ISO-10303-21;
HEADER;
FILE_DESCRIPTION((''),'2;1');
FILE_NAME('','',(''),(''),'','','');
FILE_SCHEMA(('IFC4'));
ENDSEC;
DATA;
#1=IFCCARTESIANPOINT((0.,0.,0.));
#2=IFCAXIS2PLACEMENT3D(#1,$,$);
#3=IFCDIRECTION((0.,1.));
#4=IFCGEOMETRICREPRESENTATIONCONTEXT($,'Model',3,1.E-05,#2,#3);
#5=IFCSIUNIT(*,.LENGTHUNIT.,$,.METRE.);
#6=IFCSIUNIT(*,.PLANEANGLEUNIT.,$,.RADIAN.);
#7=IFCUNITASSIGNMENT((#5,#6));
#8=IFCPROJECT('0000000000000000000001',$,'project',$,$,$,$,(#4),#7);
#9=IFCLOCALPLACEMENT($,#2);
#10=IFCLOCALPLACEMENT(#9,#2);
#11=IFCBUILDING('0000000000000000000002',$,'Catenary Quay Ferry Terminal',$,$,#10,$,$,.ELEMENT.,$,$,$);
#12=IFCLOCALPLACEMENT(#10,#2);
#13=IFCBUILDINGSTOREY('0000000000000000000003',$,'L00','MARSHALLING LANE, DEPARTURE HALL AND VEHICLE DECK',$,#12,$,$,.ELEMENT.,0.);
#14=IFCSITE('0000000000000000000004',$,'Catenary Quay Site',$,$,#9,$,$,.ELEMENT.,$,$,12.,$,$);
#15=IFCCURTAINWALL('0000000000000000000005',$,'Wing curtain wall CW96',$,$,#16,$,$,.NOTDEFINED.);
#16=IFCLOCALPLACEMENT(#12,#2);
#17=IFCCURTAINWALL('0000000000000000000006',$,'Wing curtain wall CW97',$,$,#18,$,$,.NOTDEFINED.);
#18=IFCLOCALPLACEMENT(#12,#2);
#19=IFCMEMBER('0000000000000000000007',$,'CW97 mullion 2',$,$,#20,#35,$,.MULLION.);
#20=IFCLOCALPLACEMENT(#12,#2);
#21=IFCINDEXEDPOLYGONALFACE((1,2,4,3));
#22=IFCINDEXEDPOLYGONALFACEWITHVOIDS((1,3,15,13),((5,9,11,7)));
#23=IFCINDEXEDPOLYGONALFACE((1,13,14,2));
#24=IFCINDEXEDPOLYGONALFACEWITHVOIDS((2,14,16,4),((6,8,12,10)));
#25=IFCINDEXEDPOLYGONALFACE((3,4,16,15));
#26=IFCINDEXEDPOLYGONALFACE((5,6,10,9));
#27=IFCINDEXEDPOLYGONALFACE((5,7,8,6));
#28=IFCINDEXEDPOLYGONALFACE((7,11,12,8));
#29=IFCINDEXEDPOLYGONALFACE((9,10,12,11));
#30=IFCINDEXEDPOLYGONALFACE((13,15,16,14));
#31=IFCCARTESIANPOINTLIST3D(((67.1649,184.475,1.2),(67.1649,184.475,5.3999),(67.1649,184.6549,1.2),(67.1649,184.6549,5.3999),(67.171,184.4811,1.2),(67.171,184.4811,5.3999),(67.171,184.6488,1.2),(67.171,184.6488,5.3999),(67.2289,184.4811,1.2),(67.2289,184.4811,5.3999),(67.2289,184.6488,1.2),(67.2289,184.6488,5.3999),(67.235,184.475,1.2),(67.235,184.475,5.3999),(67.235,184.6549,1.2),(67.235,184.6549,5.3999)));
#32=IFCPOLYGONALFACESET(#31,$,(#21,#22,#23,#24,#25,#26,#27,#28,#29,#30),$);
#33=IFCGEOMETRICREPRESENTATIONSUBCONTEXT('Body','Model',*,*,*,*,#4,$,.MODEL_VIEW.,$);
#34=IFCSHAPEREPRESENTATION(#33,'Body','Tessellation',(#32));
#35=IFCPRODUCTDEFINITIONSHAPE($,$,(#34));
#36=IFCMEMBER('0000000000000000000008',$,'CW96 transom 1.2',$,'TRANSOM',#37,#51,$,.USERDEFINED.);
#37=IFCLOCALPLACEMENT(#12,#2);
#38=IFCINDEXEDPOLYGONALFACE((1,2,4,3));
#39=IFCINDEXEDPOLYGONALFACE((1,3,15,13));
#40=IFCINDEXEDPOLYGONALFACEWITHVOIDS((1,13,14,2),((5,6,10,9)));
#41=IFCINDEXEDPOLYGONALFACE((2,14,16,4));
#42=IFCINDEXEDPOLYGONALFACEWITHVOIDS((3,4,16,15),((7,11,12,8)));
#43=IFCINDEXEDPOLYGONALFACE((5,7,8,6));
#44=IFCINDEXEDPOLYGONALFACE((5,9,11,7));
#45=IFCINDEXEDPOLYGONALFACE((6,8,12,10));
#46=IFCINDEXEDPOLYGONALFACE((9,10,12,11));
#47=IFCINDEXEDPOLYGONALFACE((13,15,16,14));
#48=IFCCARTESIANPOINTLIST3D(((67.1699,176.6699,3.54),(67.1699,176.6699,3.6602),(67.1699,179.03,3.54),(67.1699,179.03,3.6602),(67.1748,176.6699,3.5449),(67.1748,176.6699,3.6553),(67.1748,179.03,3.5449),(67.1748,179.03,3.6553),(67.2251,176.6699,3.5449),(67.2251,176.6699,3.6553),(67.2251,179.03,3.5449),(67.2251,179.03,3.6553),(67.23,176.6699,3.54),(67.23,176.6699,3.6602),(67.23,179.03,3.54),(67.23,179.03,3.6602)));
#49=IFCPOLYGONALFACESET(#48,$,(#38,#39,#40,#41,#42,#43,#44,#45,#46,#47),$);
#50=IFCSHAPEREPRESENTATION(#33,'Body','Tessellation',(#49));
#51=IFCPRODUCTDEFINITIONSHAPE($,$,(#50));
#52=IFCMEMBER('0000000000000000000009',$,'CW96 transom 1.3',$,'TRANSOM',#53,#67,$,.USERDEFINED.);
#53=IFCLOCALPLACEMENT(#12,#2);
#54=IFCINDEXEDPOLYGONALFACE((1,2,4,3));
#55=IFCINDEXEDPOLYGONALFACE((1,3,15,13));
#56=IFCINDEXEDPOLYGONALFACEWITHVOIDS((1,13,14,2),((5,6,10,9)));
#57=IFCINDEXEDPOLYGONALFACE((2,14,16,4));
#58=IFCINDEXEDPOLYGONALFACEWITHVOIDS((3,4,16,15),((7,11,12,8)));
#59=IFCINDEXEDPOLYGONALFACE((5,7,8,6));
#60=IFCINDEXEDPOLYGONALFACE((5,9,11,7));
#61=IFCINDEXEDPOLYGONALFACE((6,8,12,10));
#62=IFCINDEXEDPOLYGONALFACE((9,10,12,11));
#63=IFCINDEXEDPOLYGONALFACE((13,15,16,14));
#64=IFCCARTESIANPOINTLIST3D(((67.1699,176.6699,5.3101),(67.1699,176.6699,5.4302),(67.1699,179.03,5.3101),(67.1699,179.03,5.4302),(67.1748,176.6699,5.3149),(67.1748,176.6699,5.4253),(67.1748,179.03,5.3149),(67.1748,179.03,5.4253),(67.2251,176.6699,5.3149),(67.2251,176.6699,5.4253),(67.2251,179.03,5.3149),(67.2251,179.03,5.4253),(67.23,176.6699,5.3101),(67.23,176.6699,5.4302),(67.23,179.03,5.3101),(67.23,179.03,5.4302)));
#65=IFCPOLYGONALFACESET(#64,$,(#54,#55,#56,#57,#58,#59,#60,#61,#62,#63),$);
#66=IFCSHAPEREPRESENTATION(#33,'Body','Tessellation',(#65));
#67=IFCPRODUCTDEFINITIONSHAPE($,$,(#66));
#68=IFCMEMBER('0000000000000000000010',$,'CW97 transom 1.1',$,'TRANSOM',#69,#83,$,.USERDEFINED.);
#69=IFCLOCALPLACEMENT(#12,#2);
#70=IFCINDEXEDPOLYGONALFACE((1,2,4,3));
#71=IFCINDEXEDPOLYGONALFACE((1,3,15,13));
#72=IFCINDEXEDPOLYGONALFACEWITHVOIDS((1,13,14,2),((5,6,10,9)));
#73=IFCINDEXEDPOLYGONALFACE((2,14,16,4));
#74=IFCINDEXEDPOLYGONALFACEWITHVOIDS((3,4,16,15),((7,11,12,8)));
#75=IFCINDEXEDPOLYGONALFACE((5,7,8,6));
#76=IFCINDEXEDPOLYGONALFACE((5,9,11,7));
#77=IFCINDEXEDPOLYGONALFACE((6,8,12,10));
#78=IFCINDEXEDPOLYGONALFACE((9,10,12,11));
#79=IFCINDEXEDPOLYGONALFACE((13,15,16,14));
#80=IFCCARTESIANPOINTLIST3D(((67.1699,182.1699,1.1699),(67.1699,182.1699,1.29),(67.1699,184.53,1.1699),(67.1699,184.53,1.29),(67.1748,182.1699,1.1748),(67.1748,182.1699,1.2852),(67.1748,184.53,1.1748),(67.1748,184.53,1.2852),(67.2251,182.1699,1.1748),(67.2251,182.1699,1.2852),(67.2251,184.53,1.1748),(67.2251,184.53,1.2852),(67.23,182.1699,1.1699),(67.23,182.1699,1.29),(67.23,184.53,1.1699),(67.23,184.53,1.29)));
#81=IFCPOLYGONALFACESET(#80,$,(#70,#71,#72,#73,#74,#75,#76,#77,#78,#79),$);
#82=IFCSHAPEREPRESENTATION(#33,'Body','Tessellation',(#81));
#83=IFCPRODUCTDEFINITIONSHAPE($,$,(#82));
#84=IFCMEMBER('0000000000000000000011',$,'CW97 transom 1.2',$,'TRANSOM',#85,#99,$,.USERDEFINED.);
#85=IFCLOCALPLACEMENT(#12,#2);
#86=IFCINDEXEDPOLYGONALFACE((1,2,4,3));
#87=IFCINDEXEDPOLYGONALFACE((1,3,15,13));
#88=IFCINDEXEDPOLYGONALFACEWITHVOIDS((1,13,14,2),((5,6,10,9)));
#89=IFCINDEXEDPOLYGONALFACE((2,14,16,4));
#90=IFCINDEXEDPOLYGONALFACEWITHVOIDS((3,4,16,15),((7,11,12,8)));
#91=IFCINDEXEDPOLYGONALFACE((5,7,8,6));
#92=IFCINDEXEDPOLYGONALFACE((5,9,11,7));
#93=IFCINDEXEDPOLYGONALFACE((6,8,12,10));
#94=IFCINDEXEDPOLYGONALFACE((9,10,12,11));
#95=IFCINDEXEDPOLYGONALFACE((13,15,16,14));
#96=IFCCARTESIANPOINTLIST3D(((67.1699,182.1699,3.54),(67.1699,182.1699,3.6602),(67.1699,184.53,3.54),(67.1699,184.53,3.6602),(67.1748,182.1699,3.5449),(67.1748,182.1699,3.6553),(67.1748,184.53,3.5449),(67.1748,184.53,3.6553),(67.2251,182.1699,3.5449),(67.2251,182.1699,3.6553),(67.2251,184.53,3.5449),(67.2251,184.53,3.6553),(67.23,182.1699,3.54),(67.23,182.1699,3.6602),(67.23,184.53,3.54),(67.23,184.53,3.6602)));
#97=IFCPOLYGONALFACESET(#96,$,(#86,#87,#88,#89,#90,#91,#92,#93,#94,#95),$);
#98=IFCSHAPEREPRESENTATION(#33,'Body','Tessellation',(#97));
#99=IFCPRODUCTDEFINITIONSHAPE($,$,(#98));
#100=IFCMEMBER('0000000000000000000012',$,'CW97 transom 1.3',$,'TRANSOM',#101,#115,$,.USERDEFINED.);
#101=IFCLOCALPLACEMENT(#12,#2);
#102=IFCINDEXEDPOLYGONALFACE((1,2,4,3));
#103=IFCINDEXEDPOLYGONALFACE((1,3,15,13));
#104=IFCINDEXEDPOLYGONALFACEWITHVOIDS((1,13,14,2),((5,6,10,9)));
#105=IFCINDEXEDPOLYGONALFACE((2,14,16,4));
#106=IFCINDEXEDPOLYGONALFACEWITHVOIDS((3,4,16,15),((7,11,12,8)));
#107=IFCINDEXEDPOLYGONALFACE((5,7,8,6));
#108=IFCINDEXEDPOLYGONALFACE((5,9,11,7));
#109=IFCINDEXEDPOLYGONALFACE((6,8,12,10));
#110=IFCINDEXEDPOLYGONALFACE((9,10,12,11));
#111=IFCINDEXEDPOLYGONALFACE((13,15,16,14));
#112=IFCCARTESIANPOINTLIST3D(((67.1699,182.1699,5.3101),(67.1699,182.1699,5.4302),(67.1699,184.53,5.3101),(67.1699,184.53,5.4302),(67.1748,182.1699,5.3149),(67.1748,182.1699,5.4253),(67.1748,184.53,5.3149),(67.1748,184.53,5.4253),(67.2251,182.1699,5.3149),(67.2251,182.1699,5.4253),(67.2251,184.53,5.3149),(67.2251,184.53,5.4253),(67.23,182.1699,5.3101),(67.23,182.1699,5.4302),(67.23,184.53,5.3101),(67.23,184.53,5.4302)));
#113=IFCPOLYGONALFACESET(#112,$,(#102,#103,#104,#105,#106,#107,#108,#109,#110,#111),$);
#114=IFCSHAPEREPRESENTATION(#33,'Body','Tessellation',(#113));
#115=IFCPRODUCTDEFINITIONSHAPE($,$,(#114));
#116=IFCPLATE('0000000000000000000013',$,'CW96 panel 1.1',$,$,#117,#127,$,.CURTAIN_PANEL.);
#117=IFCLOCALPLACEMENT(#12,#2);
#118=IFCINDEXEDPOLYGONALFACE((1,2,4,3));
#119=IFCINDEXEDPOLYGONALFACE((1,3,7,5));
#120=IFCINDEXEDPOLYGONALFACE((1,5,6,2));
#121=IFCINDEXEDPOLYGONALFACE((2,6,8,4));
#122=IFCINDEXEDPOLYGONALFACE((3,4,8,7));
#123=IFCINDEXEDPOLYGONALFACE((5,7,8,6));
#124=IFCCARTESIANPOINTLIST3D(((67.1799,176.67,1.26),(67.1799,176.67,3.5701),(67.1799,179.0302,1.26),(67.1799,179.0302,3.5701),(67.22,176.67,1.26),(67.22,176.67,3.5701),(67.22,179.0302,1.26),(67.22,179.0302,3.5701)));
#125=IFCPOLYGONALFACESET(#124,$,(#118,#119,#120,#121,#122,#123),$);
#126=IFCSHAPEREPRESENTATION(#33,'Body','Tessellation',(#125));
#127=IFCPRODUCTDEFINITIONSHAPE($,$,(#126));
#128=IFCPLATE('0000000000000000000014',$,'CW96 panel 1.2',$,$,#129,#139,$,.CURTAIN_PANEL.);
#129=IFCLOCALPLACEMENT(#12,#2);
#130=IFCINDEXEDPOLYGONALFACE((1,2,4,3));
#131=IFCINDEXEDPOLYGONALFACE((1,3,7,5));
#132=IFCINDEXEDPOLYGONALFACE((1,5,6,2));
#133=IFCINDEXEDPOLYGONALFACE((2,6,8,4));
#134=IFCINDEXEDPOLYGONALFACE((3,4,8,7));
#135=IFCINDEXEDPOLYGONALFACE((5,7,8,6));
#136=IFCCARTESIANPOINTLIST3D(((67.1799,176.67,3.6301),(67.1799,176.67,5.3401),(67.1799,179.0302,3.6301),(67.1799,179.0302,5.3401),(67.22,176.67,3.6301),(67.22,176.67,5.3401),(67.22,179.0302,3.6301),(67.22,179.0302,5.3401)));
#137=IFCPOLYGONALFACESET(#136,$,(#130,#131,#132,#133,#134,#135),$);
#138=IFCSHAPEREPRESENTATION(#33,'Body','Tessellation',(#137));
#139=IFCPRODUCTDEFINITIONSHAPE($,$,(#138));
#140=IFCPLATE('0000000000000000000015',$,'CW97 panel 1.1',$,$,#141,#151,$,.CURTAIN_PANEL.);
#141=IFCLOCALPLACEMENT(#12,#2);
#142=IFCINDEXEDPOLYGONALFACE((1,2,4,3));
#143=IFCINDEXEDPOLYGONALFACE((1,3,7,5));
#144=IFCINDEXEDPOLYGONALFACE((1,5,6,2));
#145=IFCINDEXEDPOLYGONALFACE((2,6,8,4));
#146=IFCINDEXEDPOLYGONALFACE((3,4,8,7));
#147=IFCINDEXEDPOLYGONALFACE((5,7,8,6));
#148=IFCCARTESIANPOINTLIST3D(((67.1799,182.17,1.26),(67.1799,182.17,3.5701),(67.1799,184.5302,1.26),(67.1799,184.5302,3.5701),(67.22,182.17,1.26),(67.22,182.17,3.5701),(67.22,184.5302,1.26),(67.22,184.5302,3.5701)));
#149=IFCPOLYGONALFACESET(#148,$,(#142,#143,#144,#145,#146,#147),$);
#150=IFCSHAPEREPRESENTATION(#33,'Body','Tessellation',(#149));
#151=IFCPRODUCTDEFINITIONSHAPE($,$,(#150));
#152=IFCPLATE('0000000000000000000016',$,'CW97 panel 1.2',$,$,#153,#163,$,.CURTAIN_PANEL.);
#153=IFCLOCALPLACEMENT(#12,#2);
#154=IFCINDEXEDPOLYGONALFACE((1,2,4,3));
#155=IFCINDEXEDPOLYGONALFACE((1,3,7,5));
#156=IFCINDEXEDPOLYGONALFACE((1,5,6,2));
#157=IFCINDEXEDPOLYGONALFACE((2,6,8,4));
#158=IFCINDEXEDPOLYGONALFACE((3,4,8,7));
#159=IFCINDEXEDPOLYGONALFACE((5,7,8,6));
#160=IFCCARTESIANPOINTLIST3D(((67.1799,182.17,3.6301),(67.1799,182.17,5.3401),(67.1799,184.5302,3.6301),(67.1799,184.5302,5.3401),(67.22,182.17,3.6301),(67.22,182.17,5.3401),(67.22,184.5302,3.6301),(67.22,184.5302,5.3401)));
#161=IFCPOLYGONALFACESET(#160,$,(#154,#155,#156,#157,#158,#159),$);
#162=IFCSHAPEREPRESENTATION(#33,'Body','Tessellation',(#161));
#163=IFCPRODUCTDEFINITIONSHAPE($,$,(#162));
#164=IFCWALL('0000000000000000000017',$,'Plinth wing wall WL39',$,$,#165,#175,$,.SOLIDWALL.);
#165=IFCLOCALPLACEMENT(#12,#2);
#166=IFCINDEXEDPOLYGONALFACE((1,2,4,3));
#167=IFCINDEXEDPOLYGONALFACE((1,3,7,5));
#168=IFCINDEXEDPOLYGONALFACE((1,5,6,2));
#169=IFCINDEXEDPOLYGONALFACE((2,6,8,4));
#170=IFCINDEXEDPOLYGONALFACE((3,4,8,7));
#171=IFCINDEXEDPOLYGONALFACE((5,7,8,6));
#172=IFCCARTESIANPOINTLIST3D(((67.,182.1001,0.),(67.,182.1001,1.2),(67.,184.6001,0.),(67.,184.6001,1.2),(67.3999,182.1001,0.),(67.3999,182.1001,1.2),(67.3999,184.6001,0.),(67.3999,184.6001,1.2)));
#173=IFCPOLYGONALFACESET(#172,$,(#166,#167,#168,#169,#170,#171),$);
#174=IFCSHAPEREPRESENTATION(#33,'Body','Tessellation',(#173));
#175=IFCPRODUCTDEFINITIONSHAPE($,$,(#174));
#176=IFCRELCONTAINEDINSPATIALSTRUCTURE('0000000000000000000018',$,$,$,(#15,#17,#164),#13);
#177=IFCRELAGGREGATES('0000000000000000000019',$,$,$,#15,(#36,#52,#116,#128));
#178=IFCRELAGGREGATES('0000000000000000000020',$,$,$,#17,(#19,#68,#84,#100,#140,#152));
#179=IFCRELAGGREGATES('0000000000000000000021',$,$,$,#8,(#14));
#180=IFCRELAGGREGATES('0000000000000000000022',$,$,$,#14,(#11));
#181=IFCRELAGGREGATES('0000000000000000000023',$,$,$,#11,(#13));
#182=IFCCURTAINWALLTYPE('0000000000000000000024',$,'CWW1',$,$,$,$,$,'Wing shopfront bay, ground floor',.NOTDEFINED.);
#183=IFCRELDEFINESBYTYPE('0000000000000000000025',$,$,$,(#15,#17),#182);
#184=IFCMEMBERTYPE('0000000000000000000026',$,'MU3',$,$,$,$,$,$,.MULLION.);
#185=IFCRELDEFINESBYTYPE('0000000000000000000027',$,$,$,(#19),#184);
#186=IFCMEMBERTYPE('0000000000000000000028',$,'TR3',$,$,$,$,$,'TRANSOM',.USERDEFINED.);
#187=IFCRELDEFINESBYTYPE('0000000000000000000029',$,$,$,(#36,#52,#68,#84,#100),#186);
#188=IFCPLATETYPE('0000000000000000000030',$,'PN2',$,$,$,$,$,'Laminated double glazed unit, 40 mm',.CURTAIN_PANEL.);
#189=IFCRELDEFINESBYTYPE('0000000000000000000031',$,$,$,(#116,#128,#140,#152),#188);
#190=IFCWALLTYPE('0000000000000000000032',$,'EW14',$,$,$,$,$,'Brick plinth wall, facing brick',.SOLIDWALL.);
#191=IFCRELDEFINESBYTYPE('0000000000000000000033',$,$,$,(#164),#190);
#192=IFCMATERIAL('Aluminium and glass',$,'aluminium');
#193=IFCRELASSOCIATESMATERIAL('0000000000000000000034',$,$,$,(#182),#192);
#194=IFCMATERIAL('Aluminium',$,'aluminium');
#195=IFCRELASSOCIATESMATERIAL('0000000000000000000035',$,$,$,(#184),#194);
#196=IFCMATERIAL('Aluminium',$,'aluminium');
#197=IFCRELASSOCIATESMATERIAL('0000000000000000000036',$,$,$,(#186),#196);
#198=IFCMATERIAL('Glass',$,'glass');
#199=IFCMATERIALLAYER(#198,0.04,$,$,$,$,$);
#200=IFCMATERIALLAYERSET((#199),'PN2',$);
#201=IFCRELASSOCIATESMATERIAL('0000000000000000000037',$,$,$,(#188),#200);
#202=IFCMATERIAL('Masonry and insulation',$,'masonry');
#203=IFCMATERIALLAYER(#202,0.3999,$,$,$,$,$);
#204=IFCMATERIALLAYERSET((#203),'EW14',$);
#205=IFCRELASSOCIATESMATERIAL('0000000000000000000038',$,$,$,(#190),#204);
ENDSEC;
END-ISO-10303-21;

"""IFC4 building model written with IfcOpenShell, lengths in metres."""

from ifc_helpers import new_model, si_unit, direction, frame, frame_2d, origin, origin_2d, place, context, subcontext, project, spatial, rectangle, hollow_rectangle, extrude, material, layer, layer_set, material_profile, profile_set, type_object, element, aggregate, save


model = new_model("IFC4")

# Units and contexts
model_context = context("Model", 3, precision=1e-05, world=origin(), true_north=direction((0.0, 1.0)))
body_context = subcontext(model_context, "Body", "Model", "MODEL_VIEW")
ifc_project = project(units=[si_unit("LENGTHUNIT", "METRE"), si_unit("PLANEANGLEUNIT", "RADIAN")], contexts=[model_context])

# Site, building, storey
site_placement = place(None, origin())
site = spatial("IfcSite", under=ifc_project, at=site_placement, Name="Catenary Quay Site", CompositionType="ELEMENT", RefElevation=12.0)
building_placement = place(site_placement, origin())
building = spatial("IfcBuilding", under=site, at=building_placement, Name="Catenary Quay Ferry Terminal", CompositionType="ELEMENT")
storey_placement = place(building_placement, origin())
storey = spatial("IfcBuildingStorey", under=building, at=storey_placement, Name="L00", Description="MARSHALLING LANE, DEPARTURE HALL AND VEHICLE DECK", CompositionType="ELEMENT", Elevation=0.0)

# Curtain wall
ifc_material_1 = material(Name="Aluminium and glass", Category="aluminium")
curtain_wall_type = type_object("IfcCurtainWallType", Name="CWW1", ElementType="Wing shopfront bay, ground floor", PredefinedType="NOTDEFINED", material=ifc_material_1)
curtain_wall_1_placement = place(storey_placement, origin())
curtain_wall_1 = element("IfcCurtainWall", 1, at=curtain_wall_1_placement, inside=storey, type_object=curtain_wall_type, Name="Wing curtain wall CW96", PredefinedType="NOTDEFINED")
ifc_material_2 = material(Name="Aluminium", Category="aluminium")
ifc_material_profile_1 = material_profile(ifc_material_2, hollow_rectangle(XDim=0.0701, YDim=0.1799, WallThickness=0.0061, at=origin_2d()), Name="MU3")
ifc_profile_set_1 = profile_set([ifc_material_profile_1], Name="Aluminium")
member_type_1 = type_object("IfcMemberType", Name="MU3", PredefinedType="MULLION", material=ifc_profile_set_1)

# Curtain wall, member
curtain_wall_2_placement = place(storey_placement, origin())
curtain_wall_2 = element("IfcCurtainWall", 2, at=curtain_wall_2_placement, inside=storey, type_object=curtain_wall_type, Name="Wing curtain wall CW97", PredefinedType="NOTDEFINED")
member_1_placement = place(storey_placement, frame((67.2, 184.5649, 1.2), z_axis=(0.0, 0.0, 1.0), x_axis=(-1.0, 0.0, 0.0)))
member_1 = element("IfcMember", 3, at=member_1_placement, type_object=member_type_1, Name="CW97 mullion 2", PredefinedType="MULLION", context=body_context, shape_type="SweptSolid", body=[
    extrude(hollow_rectangle(XDim=0.0701, YDim=0.1799, WallThickness=0.0061, at=origin_2d()), origin(), (0.0, 0.0, 1.0), 4.2),
])

# Members
ifc_material_3 = material(Name="Aluminium", Category="aluminium")
ifc_material_profile_2 = material_profile(ifc_material_3, hollow_rectangle(XDim=0.0601, YDim=0.1201, WallThickness=0.0049, at=origin_2d()), Name="TR3")
ifc_profile_set_2 = profile_set([ifc_material_profile_2], Name="Aluminium")
member_type_2 = type_object("IfcMemberType", Name="TR3", ElementType="TRANSOM", PredefinedType="USERDEFINED", material=ifc_profile_set_2)
member_2_placement = place(storey_placement, frame((67.2, 176.6699, 3.6001), z_axis=(0.0, 1.0, 0.0), x_axis=(-1.0, 0.0, 0.0)))
member_2 = element("IfcMember", 4, at=member_2_placement, type_object=member_type_2, Name="CW96 transom 1.2", ObjectType="TRANSOM", PredefinedType="USERDEFINED", context=body_context, shape_type="SweptSolid", body=[
    extrude(hollow_rectangle(XDim=0.0601, YDim=0.1201, WallThickness=0.0049, at=origin_2d()), origin(), (0.0, 0.0, 1.0), 2.3601),
])
member_3_placement = place(storey_placement, frame((67.2, 176.6699, 5.3701), z_axis=(0.0, 1.0, 0.0), x_axis=(-1.0, 0.0, 0.0)))
member_3 = element("IfcMember", 5, at=member_3_placement, type_object=member_type_2, Name="CW96 transom 1.3", ObjectType="TRANSOM", PredefinedType="USERDEFINED", context=body_context, shape_type="SweptSolid", body=[
    extrude(hollow_rectangle(XDim=0.0601, YDim=0.1201, WallThickness=0.0049, at=origin_2d()), origin(), (0.0, 0.0, 1.0), 2.3601),
])
member_4_placement = place(storey_placement, frame((67.2, 182.1699, 1.23), z_axis=(0.0, 1.0, 0.0), x_axis=(-1.0, 0.0, 0.0)))
member_4 = element("IfcMember", 6, at=member_4_placement, type_object=member_type_2, Name="CW97 transom 1.1", ObjectType="TRANSOM", PredefinedType="USERDEFINED", context=body_context, shape_type="SweptSolid", body=[
    extrude(hollow_rectangle(XDim=0.0601, YDim=0.1201, WallThickness=0.0049, at=origin_2d()), origin(), (0.0, 0.0, 1.0), 2.3601),
])
member_5_placement = place(storey_placement, frame((67.2, 182.1699, 3.6001), z_axis=(0.0, 1.0, 0.0), x_axis=(-1.0, 0.0, 0.0)))
member_5 = element("IfcMember", 7, at=member_5_placement, type_object=member_type_2, Name="CW97 transom 1.2", ObjectType="TRANSOM", PredefinedType="USERDEFINED", context=body_context, shape_type="SweptSolid", body=[
    extrude(hollow_rectangle(XDim=0.0601, YDim=0.1201, WallThickness=0.0049, at=origin_2d()), origin(), (0.0, 0.0, 1.0), 2.3601),
])
member_6_placement = place(storey_placement, frame((67.2, 182.1699, 5.3701), z_axis=(0.0, 1.0, 0.0), x_axis=(-1.0, 0.0, 0.0)))
member_6 = element("IfcMember", 8, at=member_6_placement, type_object=member_type_2, Name="CW97 transom 1.3", ObjectType="TRANSOM", PredefinedType="USERDEFINED", context=body_context, shape_type="SweptSolid", body=[
    extrude(hollow_rectangle(XDim=0.0601, YDim=0.1201, WallThickness=0.0049, at=origin_2d()), origin(), (0.0, 0.0, 1.0), 2.3601),
])

# Plates
ifc_material_4 = material(Name="Glass", Category="glass")
ifc_layer_1 = layer(ifc_material_4, 0.04)
ifc_layer_set_1 = layer_set([ifc_layer_1], Name="PN2")
plate_type = type_object("IfcPlateType", Name="PN2", ElementType="Laminated double glazed unit, 40 mm", PredefinedType="CURTAIN_PANEL", material=ifc_layer_set_1)
plate_1_placement = place(storey_placement, frame((67.2, 177.8501, 1.26), z_axis=(0.0, 0.0, 1.0), x_axis=(0.0, 1.0, 0.0)))
plate_1 = element("IfcPlate", 9, at=plate_1_placement, type_object=plate_type, Name="CW96 panel 1.1", PredefinedType="CURTAIN_PANEL", context=body_context, shape_type="SweptSolid", body=[
    extrude(rectangle(XDim=2.3601, YDim=0.04, at=origin_2d()), origin(), (0.0, 0.0, 1.0), 2.3101),
])
plate_2_placement = place(storey_placement, frame((67.2, 177.8501, 3.6301), z_axis=(0.0, 0.0, 1.0), x_axis=(0.0, 1.0, 0.0)))
plate_2 = element("IfcPlate", 10, at=plate_2_placement, type_object=plate_type, Name="CW96 panel 1.2", PredefinedType="CURTAIN_PANEL", context=body_context, shape_type="SweptSolid", body=[
    extrude(rectangle(XDim=2.3601, YDim=0.04, at=origin_2d()), origin(), (0.0, 0.0, 1.0), 1.71),
])
aggregate(curtain_wall_1, [member_2, member_3, plate_1, plate_2])
plate_3_placement = place(storey_placement, frame((67.2, 183.3501, 1.26), z_axis=(0.0, 0.0, 1.0), x_axis=(0.0, 1.0, 0.0)))
plate_3 = element("IfcPlate", 11, at=plate_3_placement, type_object=plate_type, Name="CW97 panel 1.1", PredefinedType="CURTAIN_PANEL", context=body_context, shape_type="SweptSolid", body=[
    extrude(rectangle(XDim=2.3601, YDim=0.04, at=origin_2d()), origin(), (0.0, 0.0, 1.0), 2.3101),
])
plate_4_placement = place(storey_placement, frame((67.2, 183.3501, 3.6301), z_axis=(0.0, 0.0, 1.0), x_axis=(0.0, 1.0, 0.0)))
plate_4 = element("IfcPlate", 12, at=plate_4_placement, type_object=plate_type, Name="CW97 panel 1.2", PredefinedType="CURTAIN_PANEL", context=body_context, shape_type="SweptSolid", body=[
    extrude(rectangle(XDim=2.3601, YDim=0.04, at=origin_2d()), origin(), (0.0, 0.0, 1.0), 1.71),
])
aggregate(curtain_wall_2, [member_1, member_4, member_5, member_6, plate_3, plate_4])

# Wall
ifc_material_5 = material(Name="Masonry and insulation", Category="masonry")
ifc_layer_2 = layer(ifc_material_5, 0.3999)
ifc_layer_set_2 = layer_set([ifc_layer_2], Name="EW14")
wall_type_1 = type_object("IfcWallType", Name="EW14", ElementType="Brick plinth wall, facing brick", PredefinedType="SOLIDWALL", material=ifc_layer_set_2)
wall_1_placement = place(storey_placement, frame((67.2, 182.1001, 0.0), z_axis=(0.0, 0.0, 1.0), x_axis=(0.0, 1.0, 0.0)))
element("IfcWall", 13, at=wall_1_placement, inside=storey, type_object=wall_type_1, Name="Plinth wing wall WL39", PredefinedType="SOLIDWALL", context=body_context, shape_type="SweptSolid", body=[
    extrude(rectangle(XDim=2.5, YDim=0.3999, at=frame_2d((1.25, 0.0))), origin(), (0.0, 0.0, 1.0), 1.2),
])

save(model, "model.ifc")
